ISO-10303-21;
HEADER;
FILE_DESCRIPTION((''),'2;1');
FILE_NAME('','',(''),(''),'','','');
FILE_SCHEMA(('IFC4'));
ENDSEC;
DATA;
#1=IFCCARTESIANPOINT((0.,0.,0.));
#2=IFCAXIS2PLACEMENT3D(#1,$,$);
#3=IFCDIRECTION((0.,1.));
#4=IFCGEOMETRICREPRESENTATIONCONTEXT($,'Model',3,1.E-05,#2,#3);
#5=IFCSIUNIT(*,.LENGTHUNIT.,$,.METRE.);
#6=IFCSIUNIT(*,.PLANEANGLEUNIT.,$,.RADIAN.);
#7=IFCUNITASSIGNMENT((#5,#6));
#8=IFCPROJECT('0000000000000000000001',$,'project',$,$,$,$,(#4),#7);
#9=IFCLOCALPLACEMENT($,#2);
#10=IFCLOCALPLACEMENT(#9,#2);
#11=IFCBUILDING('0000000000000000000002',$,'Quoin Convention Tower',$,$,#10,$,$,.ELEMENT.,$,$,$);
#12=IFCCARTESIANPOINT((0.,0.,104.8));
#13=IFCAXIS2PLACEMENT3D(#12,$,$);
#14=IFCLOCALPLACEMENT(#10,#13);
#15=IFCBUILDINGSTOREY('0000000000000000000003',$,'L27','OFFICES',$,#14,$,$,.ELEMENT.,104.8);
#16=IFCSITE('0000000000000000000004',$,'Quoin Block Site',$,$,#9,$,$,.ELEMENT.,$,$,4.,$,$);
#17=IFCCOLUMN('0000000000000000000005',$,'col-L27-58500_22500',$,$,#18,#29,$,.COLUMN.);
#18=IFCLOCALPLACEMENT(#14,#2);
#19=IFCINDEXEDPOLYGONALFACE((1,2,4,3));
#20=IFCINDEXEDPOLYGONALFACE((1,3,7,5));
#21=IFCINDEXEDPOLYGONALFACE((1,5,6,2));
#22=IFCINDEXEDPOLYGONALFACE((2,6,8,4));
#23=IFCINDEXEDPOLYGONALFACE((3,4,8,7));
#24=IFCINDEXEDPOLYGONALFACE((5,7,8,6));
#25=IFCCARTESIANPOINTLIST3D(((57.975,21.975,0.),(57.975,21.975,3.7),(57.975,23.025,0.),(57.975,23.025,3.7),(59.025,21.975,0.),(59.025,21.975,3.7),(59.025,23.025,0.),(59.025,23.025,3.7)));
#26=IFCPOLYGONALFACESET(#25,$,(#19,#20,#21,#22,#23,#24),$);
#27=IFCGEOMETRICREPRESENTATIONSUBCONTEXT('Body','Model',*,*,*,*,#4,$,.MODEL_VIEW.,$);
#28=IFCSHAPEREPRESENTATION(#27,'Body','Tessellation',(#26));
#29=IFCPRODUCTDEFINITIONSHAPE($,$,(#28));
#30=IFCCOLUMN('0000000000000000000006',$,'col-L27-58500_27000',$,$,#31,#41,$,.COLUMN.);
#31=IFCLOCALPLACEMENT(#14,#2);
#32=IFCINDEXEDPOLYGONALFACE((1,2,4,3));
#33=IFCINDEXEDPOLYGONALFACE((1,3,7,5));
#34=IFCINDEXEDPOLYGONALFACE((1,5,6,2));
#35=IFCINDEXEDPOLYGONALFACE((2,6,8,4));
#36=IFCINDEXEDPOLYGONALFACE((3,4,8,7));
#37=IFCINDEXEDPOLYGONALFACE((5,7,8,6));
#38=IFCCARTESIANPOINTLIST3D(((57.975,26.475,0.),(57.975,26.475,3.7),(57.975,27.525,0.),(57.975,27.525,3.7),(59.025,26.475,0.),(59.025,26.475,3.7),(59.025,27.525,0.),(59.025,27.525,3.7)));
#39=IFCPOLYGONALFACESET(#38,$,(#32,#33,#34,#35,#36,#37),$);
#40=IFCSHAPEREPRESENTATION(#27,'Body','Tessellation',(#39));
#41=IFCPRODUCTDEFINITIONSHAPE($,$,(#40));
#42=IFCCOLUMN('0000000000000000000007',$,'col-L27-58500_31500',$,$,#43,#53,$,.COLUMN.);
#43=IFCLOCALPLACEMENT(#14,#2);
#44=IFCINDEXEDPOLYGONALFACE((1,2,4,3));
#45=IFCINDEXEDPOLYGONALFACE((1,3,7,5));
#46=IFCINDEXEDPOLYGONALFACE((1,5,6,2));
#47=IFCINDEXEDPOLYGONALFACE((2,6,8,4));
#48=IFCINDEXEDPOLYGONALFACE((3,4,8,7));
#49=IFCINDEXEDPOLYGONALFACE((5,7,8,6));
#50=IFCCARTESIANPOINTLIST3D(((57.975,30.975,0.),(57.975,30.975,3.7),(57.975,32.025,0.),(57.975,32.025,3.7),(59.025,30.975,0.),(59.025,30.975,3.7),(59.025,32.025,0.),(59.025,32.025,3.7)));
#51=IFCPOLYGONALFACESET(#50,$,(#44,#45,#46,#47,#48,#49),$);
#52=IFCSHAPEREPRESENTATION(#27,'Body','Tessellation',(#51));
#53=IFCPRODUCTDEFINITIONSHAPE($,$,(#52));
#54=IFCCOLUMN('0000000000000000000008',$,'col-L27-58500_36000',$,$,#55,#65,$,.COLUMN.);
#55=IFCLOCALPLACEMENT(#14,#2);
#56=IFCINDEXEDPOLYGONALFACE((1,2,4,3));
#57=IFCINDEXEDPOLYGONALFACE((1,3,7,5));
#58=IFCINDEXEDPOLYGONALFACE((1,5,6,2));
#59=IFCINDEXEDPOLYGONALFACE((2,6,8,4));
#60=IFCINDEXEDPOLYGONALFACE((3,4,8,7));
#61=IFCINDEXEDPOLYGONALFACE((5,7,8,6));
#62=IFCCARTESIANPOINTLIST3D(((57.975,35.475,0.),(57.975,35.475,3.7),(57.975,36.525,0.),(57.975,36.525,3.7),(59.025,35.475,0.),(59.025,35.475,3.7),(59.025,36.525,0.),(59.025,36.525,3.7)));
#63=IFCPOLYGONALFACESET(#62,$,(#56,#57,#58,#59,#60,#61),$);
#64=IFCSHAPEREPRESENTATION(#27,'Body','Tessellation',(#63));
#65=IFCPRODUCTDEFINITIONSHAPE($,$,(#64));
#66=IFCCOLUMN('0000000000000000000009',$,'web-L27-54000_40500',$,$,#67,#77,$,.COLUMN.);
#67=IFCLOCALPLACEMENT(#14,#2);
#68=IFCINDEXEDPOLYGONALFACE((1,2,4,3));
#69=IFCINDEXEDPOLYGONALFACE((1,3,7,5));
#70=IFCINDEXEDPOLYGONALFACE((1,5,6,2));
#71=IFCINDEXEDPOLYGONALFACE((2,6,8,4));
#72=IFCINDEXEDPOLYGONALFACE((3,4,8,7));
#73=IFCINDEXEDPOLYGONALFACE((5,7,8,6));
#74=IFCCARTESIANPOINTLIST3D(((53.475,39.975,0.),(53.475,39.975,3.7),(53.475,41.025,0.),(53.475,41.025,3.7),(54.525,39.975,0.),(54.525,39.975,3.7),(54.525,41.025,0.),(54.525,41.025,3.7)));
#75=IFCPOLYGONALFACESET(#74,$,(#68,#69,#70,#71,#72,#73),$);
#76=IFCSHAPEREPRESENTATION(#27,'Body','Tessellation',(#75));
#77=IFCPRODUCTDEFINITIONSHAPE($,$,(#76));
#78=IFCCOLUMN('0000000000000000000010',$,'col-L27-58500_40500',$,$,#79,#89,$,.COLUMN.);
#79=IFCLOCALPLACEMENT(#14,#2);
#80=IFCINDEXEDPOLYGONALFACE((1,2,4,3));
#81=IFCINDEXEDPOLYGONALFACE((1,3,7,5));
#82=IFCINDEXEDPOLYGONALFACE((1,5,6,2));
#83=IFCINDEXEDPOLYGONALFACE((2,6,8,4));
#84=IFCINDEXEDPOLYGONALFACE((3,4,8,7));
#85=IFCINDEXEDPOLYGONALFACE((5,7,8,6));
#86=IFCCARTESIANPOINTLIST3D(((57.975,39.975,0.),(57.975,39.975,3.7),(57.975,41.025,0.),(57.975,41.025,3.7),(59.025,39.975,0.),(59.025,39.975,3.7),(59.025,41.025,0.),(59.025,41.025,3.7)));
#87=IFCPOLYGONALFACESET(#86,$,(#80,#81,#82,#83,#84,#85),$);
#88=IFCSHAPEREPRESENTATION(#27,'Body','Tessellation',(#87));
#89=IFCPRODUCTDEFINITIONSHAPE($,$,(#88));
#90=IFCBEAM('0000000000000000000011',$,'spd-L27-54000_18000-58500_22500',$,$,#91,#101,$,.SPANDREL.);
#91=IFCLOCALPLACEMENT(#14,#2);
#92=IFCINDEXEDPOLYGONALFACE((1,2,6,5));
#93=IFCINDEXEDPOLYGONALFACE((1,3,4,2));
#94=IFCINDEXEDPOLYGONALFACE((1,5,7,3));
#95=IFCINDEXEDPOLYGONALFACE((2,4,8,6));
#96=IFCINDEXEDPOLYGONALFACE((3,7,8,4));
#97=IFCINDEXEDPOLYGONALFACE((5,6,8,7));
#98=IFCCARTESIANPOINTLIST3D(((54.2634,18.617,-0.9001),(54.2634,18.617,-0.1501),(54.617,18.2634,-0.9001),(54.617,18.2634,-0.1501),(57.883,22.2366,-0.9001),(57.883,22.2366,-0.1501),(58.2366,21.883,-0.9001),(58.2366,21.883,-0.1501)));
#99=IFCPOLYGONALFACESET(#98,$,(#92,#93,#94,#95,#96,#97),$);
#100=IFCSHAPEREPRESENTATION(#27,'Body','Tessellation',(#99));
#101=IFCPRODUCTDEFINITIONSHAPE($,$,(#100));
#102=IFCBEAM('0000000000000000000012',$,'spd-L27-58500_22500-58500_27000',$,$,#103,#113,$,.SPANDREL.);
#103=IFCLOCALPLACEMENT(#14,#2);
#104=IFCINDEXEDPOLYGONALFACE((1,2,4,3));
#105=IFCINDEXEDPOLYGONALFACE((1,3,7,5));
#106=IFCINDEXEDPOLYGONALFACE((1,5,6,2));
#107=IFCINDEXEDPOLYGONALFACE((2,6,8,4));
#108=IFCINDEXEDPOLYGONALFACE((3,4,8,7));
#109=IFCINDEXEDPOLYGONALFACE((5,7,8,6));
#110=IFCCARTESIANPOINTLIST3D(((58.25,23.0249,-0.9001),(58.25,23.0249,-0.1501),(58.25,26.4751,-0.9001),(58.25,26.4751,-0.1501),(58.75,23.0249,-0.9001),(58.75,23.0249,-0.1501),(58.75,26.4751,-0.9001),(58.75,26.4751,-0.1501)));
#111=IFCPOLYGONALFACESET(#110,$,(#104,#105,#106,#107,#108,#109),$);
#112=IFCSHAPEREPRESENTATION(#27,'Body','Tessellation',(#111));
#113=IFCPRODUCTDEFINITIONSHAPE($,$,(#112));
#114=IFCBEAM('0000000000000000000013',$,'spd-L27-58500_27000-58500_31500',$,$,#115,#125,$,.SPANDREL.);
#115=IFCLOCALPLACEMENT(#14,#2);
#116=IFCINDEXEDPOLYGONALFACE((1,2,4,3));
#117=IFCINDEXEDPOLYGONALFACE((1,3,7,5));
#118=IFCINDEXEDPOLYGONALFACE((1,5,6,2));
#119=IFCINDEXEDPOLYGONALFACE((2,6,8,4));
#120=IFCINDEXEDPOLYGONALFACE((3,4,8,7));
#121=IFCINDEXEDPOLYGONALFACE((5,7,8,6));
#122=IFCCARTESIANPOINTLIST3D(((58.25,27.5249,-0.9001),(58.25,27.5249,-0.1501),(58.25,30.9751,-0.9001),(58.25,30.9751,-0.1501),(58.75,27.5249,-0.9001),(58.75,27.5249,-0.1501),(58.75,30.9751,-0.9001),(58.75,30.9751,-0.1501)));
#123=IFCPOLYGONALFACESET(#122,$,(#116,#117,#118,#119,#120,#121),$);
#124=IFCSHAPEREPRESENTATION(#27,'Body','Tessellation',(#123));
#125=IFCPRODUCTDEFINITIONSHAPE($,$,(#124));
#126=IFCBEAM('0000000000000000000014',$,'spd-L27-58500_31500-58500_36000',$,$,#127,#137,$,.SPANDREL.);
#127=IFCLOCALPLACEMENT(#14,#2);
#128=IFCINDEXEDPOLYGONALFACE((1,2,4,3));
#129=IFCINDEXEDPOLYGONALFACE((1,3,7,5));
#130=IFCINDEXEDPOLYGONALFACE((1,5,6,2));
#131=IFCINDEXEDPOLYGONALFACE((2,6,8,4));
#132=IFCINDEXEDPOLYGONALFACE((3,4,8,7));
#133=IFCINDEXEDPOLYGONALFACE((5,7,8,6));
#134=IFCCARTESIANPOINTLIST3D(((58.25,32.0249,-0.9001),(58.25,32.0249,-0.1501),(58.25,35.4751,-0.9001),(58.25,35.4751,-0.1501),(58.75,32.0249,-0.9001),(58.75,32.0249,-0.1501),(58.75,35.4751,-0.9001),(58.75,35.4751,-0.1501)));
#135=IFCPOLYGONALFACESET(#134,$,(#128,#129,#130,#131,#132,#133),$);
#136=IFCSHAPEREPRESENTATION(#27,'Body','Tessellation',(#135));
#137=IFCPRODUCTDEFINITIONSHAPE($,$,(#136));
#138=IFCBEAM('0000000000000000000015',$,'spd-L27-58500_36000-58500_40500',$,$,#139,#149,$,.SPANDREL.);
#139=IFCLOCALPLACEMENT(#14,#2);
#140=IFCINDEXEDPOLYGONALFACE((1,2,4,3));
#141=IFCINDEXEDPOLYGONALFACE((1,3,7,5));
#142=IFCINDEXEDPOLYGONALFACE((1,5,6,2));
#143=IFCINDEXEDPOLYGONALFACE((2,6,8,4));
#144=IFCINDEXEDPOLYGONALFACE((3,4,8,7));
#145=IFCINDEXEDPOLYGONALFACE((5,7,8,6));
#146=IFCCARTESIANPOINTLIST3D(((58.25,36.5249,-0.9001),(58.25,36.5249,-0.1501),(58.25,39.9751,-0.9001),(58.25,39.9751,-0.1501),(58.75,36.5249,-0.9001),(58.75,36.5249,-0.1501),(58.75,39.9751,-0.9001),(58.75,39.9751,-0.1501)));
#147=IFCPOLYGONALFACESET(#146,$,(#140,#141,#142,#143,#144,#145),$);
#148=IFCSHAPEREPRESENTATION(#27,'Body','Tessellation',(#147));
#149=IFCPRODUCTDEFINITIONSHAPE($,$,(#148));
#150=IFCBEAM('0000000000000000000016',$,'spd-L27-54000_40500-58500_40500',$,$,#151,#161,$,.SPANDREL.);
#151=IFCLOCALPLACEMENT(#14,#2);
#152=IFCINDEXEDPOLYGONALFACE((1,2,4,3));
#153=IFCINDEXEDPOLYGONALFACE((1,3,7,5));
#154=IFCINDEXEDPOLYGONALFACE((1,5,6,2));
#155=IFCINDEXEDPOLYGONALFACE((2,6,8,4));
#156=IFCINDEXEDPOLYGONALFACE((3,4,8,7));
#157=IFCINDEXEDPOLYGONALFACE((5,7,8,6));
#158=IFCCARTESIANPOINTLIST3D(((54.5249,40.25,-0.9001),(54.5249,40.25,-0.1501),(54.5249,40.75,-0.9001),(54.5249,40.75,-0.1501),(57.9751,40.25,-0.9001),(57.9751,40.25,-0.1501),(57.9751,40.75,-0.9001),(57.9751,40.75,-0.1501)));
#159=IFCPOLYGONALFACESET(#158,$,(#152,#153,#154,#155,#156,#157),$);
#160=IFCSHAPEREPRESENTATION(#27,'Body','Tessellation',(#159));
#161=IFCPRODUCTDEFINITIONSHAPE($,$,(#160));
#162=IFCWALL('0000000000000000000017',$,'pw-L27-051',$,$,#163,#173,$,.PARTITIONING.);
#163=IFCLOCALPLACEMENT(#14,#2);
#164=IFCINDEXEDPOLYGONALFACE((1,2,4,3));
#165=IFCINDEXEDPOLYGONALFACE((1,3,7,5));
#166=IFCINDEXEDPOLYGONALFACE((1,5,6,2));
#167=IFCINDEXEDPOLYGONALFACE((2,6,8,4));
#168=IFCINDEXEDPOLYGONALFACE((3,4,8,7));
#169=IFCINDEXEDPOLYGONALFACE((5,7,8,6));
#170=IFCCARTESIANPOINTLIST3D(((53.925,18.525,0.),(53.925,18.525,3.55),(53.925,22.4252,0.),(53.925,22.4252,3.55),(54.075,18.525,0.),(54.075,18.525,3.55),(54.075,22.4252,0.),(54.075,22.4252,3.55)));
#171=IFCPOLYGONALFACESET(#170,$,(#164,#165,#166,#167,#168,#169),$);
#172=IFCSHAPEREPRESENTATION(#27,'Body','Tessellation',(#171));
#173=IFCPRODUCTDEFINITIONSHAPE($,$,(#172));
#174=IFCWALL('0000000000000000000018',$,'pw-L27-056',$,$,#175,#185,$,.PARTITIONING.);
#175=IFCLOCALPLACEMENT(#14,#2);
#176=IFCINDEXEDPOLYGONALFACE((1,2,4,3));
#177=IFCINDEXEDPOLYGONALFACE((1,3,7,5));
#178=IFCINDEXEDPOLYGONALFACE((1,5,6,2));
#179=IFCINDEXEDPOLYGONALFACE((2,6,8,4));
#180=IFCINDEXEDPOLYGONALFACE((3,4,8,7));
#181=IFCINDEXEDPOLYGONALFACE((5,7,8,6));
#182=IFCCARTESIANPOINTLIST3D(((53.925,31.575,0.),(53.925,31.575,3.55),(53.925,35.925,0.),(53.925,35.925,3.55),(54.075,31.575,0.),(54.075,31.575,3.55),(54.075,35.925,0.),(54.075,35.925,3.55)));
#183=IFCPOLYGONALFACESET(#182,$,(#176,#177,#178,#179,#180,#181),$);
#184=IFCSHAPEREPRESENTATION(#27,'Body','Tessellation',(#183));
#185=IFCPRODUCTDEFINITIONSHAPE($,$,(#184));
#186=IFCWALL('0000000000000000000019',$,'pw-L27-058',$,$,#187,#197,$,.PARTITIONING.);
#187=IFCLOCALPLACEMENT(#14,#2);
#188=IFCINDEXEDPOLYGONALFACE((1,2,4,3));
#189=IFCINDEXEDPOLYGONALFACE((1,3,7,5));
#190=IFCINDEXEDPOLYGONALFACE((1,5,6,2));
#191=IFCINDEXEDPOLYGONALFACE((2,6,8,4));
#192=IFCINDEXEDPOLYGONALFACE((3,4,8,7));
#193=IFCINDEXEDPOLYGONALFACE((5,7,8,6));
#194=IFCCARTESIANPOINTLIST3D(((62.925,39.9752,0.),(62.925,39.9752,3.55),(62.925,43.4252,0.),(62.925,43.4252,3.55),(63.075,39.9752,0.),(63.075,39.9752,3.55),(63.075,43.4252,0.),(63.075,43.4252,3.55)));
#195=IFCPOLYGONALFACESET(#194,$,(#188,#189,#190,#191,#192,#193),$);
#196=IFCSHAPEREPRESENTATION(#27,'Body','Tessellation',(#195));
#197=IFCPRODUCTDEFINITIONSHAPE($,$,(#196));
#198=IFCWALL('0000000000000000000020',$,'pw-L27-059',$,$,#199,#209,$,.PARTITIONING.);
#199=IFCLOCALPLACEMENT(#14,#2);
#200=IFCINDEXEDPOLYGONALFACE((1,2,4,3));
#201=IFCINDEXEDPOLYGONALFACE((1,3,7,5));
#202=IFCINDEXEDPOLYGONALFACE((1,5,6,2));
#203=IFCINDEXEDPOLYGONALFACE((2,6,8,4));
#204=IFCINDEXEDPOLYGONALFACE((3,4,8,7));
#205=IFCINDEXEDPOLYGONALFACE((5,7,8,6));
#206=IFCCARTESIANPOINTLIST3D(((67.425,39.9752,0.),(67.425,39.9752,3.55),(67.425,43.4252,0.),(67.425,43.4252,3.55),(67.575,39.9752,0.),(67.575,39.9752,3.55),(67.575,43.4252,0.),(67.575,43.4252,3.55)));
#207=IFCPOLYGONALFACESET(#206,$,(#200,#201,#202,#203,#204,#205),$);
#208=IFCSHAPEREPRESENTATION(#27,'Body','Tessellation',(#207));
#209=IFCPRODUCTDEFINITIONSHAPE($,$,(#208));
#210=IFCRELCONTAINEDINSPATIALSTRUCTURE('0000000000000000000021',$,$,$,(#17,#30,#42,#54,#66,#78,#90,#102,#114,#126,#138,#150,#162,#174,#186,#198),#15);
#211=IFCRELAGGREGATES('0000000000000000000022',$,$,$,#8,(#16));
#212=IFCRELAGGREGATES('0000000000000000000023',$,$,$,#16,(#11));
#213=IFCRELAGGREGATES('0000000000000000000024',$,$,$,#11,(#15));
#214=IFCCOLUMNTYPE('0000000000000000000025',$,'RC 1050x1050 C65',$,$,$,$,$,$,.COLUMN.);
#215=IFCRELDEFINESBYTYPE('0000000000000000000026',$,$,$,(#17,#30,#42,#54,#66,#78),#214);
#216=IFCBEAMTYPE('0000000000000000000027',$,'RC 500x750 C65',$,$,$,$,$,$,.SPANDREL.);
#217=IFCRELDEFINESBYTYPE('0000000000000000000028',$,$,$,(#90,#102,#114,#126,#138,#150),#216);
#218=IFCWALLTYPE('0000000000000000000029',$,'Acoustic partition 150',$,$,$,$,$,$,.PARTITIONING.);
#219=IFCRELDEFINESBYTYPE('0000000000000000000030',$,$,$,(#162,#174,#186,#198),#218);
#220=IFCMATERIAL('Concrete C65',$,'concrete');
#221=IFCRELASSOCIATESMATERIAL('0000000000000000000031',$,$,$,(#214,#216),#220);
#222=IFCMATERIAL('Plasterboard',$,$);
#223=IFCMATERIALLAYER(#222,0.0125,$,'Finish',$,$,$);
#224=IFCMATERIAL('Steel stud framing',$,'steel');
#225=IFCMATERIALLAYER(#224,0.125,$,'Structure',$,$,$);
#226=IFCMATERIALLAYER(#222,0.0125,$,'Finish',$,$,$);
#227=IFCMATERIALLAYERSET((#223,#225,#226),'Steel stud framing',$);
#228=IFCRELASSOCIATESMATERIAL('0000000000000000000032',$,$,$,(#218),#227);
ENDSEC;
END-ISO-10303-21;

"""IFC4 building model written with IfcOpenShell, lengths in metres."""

from ifc_helpers import new_model, si_unit, direction, frame, frame_2d, origin, origin_2d, place, context, subcontext, project, spatial, rectangle, extrude, material, layer, layer_set, material_profile, profile_set, type_object, element, save


model = new_model("IFC4")

# Units and contexts
model_context = context("Model", 3, precision=1e-05, world=origin(), true_north=direction((0.0, 1.0)))
body_context = subcontext(model_context, "Body", "Model", "MODEL_VIEW")
ifc_project = project(units=[si_unit("LENGTHUNIT", "METRE"), si_unit("PLANEANGLEUNIT", "RADIAN")], contexts=[model_context])

# Site, building, storey
site_placement = place(None, origin())
site = spatial("IfcSite", under=ifc_project, at=site_placement, Name="Quoin Block Site", CompositionType="ELEMENT", RefElevation=4.0)
building_placement = place(site_placement, origin())
building = spatial("IfcBuilding", under=site, at=building_placement, Name="Quoin Convention Tower", CompositionType="ELEMENT")
storey_placement = place(building_placement, frame((0.0, 0.0, 104.8)))
storey = spatial("IfcBuildingStorey", under=building, at=storey_placement, Name="L27", Description="OFFICES", CompositionType="ELEMENT", Elevation=104.8)

# Columns
ifc_material_1 = material(Name="Concrete C65", Category="concrete")
ifc_material_profile_1 = material_profile(ifc_material_1, rectangle(XDim=1.05, YDim=1.05, at=origin_2d()), Name="RC 1050x1050")
ifc_profile_set_1 = profile_set([ifc_material_profile_1], Name="Concrete C65")
column_type = type_object("IfcColumnType", Name="RC 1050x1050 C65", PredefinedType="COLUMN", material=ifc_profile_set_1)
for number, where, z_axis, x_axis, name in (
    (1, (58.5, 22.5, 0.0), (0.0, 0.0, 1.0), (1.0, 0.0, 0.0), "col-L27-58500_22500"),
    (2, (58.5, 27.0, 0.0), (0.0, 0.0, 1.0), (1.0, 0.0, 0.0), "col-L27-58500_27000"),
    (3, (58.5, 31.5, 0.0), (0.0, 0.0, 1.0), (1.0, 0.0, 0.0), "col-L27-58500_31500"),
    (4, (58.5, 36.0, 0.0), (0.0, 0.0, 1.0), (1.0, 0.0, 0.0), "col-L27-58500_36000"),
    (5, (54.0, 40.5, 0.0), (0.0, 0.0, 1.0), (1.0, 0.0, 0.0), "web-L27-54000_40500"),
    (6, (58.5, 40.5, 0.0), (0.0, 0.0, 1.0), (1.0, 0.0, 0.0), "col-L27-58500_40500"),
):
    element("IfcColumn", number, at=place(storey_placement, frame(where, z_axis=z_axis, x_axis=x_axis)), inside=storey, type_object=column_type, Name=name, PredefinedType="COLUMN", context=body_context, shape_type="SweptSolid", body=[
        extrude(rectangle(XDim=1.05, YDim=1.05, at=origin_2d()), origin(), (0.0, 0.0, 1.0), 3.7),
    ])

# Beams
ifc_material_profile_2 = material_profile(ifc_material_1, rectangle(XDim=0.5, YDim=0.75, at=origin_2d()), Name="RC 500x750")
ifc_profile_set_2 = profile_set([ifc_material_profile_2], Name="Concrete C65")
beam_type = type_object("IfcBeamType", Name="RC 500x750 C65", PredefinedType="SPANDREL", material=ifc_profile_set_2)
beam_placement = place(storey_placement, frame((54.4402, 18.4402, -0.5251), z_axis=(0.707107, 0.707107, 0.0), x_axis=(-0.707107, 0.707107, 0.0)))
element("IfcBeam", 7, at=beam_placement, inside=storey, type_object=beam_type, Name="spd-L27-54000_18000-58500_22500", PredefinedType="SPANDREL", context=body_context, shape_type="SweptSolid", body=[
    extrude(rectangle(XDim=0.5, YDim=0.75, at=origin_2d()), origin(), (0.0, 0.0, 1.0), 5.1189),
])
for number, where, z_axis, x_axis, name in (
    (8, (58.5, 23.0249, -0.5251), (0.0, 1.0, 0.0), (-1.0, 0.0, 0.0), "spd-L27-58500_22500-58500_27000"),
    (9, (58.5, 27.5249, -0.5251), (0.0, 1.0, 0.0), (-1.0, 0.0, 0.0), "spd-L27-58500_27000-58500_31500"),
    (10, (58.5, 32.0249, -0.5251), (0.0, 1.0, 0.0), (-1.0, 0.0, 0.0), "spd-L27-58500_31500-58500_36000"),
    (11, (58.5, 36.5249, -0.5251), (0.0, 1.0, 0.0), (-1.0, 0.0, 0.0), "spd-L27-58500_36000-58500_40500"),
    (12, (54.5249, 40.5, -0.5251), (1.0, 0.0, 0.0), (0.0, 1.0, 0.0), "spd-L27-54000_40500-58500_40500"),
):
    element("IfcBeam", number, at=place(storey_placement, frame(where, z_axis=z_axis, x_axis=x_axis)), inside=storey, type_object=beam_type, Name=name, PredefinedType="SPANDREL", context=body_context, shape_type="SweptSolid", body=[
        extrude(rectangle(XDim=0.5, YDim=0.75, at=origin_2d()), origin(), (0.0, 0.0, 1.0), 3.4502),
    ])

# Walls
ifc_material_2 = material(Name="Plasterboard")
ifc_layer_1 = layer(ifc_material_2, 0.0125, Name="Finish")
ifc_material_3 = material(Name="Steel stud framing", Category="steel")
ifc_layer_2 = layer(ifc_material_3, 0.125, Name="Structure")
ifc_layer_3 = layer(ifc_material_2, 0.0125, Name="Finish")
ifc_layer_set_1 = layer_set([ifc_layer_1, ifc_layer_2, ifc_layer_3], Name="Steel stud framing")
wall_type_1 = type_object("IfcWallType", Name="Acoustic partition 150", PredefinedType="PARTITIONING", material=ifc_layer_set_1)
wall_1_placement = place(storey_placement, frame((54.0, 18.5249, 0.0), z_axis=(0.0, 0.0, 1.0), x_axis=(0.0, 1.0, 0.0)))
element("IfcWall", 13, at=wall_1_placement, inside=storey, type_object=wall_type_1, Name="pw-L27-051", PredefinedType="PARTITIONING", context=body_context, shape_type="SweptSolid", body=[
    extrude(rectangle(XDim=3.9001, YDim=0.1499, at=frame_2d((1.9502, 0.0))), origin(), (0.0, 0.0, 1.0), 3.55),
])
wall_2_placement = place(storey_placement, frame((54.0, 31.575, 0.0), z_axis=(0.0, 0.0, 1.0), x_axis=(0.0, 1.0, 0.0)))
element("IfcWall", 14, at=wall_2_placement, inside=storey, type_object=wall_type_1, Name="pw-L27-056", PredefinedType="PARTITIONING", context=body_context, shape_type="SweptSolid", body=[
    extrude(rectangle(XDim=4.3501, YDim=0.1499, at=frame_2d((2.175, 0.0))), origin(), (0.0, 0.0, 1.0), 3.55),
])
for number, where, z_axis, x_axis, name in (
    (15, (63.0, 39.9751, 0.0), (0.0, 0.0, 1.0), (0.0, 1.0, 0.0), "pw-L27-058"),
    (16, (67.5, 39.9751, 0.0), (0.0, 0.0, 1.0), (0.0, 1.0, 0.0), "pw-L27-059"),
):
    element("IfcWall", number, at=place(storey_placement, frame(where, z_axis=z_axis, x_axis=x_axis)), inside=storey, type_object=wall_type_1, Name=name, PredefinedType="PARTITIONING", context=body_context, shape_type="SweptSolid", body=[
        extrude(rectangle(XDim=3.45, YDim=0.1499, at=frame_2d((1.7251, 0.0))), origin(), (0.0, 0.0, 1.0), 3.55),
    ])

save(model, "model.ifc")
